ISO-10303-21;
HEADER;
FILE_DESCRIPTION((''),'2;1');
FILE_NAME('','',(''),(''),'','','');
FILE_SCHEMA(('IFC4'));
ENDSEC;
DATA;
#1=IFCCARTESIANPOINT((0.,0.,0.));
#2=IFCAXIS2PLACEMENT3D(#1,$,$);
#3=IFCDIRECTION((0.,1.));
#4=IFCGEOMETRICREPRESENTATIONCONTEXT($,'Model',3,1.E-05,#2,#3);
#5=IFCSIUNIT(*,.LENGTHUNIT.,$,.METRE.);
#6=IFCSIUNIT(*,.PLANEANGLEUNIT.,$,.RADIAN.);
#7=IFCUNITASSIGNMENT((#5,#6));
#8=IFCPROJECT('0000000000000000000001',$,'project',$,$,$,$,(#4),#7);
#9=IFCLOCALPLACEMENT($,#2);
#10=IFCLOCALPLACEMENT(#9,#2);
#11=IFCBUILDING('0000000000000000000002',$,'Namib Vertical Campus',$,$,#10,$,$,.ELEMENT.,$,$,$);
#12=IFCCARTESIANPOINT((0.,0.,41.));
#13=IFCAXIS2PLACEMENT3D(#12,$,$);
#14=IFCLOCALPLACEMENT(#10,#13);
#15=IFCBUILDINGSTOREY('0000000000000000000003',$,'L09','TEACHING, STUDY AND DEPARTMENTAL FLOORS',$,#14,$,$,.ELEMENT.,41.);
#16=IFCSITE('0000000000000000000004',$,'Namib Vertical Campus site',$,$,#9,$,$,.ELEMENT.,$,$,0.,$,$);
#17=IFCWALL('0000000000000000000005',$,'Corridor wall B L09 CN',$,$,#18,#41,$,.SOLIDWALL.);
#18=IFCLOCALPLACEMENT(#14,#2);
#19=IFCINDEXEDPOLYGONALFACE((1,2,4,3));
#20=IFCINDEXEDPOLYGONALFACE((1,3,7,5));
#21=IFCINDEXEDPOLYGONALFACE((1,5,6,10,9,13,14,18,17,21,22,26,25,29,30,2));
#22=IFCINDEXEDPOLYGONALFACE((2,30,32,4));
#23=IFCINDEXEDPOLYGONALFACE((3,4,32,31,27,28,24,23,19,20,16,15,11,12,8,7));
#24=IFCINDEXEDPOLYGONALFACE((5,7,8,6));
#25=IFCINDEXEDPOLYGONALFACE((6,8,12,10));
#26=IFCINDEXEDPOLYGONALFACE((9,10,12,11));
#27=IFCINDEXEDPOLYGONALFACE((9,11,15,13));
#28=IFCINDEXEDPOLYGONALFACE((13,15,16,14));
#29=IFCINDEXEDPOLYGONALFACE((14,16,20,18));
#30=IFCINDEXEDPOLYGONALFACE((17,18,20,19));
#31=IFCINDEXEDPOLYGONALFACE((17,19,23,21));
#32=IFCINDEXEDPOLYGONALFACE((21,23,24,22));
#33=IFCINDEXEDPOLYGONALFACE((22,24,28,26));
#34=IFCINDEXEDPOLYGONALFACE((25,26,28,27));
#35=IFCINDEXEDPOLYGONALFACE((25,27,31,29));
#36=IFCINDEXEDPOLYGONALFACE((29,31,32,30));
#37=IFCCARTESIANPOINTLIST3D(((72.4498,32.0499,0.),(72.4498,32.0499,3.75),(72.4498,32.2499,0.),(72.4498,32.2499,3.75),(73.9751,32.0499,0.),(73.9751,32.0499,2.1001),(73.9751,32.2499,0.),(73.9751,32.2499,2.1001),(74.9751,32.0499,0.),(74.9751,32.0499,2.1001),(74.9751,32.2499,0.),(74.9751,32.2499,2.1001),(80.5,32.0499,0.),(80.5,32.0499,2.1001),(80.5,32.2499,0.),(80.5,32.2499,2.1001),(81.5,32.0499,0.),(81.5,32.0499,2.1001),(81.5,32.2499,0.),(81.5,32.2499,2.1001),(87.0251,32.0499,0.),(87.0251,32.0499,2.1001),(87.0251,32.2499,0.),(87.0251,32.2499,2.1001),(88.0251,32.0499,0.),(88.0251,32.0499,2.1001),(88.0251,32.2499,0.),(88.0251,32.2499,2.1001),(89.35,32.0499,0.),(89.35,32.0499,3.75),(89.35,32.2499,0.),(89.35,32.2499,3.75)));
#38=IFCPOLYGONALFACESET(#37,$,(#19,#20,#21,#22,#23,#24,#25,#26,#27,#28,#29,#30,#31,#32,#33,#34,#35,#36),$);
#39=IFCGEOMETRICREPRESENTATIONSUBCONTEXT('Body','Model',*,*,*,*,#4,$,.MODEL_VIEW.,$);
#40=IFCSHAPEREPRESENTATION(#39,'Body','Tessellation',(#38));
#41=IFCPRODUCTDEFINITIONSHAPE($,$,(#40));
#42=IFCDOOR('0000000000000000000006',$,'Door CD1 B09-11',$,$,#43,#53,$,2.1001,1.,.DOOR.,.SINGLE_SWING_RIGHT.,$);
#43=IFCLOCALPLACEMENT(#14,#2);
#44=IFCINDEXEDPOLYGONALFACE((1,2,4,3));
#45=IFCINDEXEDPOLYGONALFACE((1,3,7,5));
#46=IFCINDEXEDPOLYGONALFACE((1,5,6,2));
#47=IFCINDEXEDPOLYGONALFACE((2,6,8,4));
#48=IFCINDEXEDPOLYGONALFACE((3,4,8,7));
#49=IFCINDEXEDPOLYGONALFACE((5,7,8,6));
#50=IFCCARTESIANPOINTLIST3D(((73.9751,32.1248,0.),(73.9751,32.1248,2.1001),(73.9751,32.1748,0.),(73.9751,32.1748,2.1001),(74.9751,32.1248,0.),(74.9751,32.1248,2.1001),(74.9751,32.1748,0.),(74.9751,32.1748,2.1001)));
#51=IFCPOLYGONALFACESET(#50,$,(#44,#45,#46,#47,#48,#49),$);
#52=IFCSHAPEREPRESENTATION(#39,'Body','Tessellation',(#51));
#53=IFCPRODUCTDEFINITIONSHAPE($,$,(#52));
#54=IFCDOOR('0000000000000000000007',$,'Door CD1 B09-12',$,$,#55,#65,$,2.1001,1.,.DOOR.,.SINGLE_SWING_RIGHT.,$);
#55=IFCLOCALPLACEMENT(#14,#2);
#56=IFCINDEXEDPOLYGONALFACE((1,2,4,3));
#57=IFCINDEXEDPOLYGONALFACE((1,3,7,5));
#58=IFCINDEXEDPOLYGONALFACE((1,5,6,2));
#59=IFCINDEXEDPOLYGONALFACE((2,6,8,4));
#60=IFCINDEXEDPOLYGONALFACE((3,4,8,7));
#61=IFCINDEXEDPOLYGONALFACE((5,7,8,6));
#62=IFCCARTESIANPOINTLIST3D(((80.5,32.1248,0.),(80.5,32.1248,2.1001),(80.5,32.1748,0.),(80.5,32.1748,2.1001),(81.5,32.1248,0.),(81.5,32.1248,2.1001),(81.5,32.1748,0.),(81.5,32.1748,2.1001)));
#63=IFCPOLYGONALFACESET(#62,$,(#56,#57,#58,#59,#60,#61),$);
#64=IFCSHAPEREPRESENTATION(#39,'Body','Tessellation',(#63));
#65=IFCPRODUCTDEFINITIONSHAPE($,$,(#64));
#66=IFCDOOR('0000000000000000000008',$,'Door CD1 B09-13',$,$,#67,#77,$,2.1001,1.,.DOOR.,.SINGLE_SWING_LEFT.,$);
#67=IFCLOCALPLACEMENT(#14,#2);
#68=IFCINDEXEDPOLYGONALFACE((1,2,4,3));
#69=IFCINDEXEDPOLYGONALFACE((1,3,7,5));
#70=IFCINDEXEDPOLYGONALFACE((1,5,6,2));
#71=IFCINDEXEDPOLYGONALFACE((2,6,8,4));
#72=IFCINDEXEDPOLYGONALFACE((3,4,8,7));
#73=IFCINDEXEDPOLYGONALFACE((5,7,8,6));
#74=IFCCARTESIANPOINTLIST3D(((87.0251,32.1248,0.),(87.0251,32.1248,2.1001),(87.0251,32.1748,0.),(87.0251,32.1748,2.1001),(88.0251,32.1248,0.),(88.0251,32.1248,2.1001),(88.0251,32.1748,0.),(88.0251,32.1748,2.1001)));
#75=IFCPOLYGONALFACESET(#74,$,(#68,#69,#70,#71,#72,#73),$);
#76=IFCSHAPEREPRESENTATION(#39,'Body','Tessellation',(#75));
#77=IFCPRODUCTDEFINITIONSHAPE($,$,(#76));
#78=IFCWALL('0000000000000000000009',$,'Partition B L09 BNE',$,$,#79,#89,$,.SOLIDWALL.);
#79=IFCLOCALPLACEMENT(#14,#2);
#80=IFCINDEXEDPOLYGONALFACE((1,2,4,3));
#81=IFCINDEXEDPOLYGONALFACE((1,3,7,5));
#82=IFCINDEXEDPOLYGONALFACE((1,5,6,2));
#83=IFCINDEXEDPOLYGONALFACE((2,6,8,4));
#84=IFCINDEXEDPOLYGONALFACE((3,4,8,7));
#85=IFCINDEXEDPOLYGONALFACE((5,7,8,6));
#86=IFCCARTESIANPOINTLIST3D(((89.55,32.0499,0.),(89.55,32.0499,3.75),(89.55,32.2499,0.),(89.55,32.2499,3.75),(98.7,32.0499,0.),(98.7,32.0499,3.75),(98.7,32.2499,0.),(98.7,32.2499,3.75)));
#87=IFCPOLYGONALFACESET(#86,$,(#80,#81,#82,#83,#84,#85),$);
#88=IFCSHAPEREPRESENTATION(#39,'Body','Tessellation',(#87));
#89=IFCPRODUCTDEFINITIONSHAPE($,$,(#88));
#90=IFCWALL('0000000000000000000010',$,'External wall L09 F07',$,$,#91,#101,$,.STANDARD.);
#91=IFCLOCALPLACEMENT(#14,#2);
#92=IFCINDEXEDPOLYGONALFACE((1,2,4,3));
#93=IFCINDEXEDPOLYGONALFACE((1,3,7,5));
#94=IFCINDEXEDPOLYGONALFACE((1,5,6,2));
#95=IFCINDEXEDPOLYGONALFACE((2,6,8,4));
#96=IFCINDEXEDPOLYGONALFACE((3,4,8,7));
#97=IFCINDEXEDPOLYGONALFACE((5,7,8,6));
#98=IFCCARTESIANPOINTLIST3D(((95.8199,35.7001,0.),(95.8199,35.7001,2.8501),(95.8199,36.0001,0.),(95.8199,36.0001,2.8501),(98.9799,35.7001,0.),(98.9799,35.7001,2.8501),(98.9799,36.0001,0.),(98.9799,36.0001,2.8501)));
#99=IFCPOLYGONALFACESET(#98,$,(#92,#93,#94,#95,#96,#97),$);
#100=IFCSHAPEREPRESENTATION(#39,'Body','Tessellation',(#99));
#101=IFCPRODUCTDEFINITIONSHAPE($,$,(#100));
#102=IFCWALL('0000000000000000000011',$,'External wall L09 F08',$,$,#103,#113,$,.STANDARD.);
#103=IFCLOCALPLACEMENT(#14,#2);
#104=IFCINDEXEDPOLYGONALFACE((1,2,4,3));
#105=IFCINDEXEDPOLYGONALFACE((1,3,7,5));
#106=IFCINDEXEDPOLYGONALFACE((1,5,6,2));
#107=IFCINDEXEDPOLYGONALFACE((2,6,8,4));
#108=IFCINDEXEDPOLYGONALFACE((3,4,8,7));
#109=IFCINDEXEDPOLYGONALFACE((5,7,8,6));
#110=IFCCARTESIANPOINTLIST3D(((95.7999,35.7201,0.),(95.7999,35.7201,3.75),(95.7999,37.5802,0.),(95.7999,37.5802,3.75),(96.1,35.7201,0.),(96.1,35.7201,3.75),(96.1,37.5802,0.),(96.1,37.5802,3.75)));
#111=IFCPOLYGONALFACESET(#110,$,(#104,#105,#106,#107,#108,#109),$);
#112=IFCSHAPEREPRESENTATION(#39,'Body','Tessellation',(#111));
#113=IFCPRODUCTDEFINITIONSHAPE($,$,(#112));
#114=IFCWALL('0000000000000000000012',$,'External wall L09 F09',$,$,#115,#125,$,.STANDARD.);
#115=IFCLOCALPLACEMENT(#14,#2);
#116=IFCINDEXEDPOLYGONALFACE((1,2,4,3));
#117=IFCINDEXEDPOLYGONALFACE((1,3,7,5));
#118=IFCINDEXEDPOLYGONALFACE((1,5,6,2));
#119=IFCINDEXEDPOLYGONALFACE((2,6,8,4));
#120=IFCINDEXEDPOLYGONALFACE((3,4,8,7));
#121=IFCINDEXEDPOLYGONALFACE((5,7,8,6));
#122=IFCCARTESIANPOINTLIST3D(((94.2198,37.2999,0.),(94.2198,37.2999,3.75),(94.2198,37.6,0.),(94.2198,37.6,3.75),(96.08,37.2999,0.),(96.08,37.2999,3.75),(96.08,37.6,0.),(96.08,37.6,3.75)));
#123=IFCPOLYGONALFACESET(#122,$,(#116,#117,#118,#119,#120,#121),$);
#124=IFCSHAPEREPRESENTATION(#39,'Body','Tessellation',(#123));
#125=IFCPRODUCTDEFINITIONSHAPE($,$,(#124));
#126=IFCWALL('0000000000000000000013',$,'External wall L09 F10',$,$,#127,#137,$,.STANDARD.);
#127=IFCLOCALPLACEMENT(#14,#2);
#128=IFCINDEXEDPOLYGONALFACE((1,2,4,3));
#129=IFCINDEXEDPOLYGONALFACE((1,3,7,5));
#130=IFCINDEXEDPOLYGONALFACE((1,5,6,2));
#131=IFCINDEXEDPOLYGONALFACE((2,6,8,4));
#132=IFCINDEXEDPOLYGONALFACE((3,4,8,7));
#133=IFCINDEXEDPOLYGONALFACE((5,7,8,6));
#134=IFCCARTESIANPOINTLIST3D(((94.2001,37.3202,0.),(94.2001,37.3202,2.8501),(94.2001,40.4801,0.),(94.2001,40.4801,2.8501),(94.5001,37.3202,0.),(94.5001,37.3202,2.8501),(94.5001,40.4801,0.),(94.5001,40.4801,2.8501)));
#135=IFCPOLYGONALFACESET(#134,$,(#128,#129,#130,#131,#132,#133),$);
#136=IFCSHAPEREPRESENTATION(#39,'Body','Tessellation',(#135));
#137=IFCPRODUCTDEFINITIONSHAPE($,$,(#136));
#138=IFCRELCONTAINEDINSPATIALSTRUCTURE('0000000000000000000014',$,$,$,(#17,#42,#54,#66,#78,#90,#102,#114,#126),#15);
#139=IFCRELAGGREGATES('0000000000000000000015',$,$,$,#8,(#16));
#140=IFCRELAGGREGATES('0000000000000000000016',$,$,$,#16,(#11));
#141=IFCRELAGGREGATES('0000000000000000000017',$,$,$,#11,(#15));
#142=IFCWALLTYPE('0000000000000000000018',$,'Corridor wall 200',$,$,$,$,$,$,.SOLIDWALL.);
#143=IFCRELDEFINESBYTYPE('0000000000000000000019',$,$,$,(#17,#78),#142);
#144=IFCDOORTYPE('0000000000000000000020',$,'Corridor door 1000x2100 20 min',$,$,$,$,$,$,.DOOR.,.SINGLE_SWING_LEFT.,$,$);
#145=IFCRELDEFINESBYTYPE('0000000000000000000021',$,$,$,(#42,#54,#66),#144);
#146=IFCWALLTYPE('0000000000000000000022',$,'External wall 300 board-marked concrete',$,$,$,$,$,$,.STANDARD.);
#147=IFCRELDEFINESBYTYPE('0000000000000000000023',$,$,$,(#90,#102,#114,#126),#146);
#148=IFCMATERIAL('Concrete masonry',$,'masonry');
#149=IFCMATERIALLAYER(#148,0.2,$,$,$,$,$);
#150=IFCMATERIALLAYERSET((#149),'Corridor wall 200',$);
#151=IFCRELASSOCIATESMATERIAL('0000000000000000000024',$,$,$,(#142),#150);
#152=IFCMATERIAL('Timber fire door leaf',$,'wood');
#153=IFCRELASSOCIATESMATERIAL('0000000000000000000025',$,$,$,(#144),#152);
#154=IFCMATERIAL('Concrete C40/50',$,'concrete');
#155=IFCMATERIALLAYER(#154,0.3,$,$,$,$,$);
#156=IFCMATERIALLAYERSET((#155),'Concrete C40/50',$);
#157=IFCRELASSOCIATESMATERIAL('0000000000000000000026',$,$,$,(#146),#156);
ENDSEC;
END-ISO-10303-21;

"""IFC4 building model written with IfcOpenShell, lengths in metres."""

from ifc_helpers import new_model, si_unit, direction, frame, frame_2d, origin, place, context, subcontext, project, spatial, rectangle, extrude, material, layer, layer_set, type_object, element, fill, save


model = new_model("IFC4")

# Units and contexts
model_context = context("Model", 3, precision=1e-05, world=origin(), true_north=direction((0.0, 1.0)))
body_context = subcontext(model_context, "Body", "Model", "MODEL_VIEW")
ifc_project = project(units=[si_unit("LENGTHUNIT", "METRE"), si_unit("PLANEANGLEUNIT", "RADIAN")], contexts=[model_context])

# Site, building, storey
site_placement = place(None, origin())
site = spatial("IfcSite", under=ifc_project, at=site_placement, Name="Namib Vertical Campus site", CompositionType="ELEMENT", RefElevation=0.0)
building_placement = place(site_placement, origin())
building = spatial("IfcBuilding", under=site, at=building_placement, Name="Namib Vertical Campus", CompositionType="ELEMENT")
storey_placement = place(building_placement, frame((0.0, 0.0, 41.0)))
storey = spatial("IfcBuildingStorey", under=building, at=storey_placement, Name="L09", Description="TEACHING, STUDY AND DEPARTMENTAL FLOORS", CompositionType="ELEMENT", Elevation=41.0)

# Wall, openings, doors
ifc_material_1 = material(Name="Concrete masonry", Category="masonry")
ifc_layer_1 = layer(ifc_material_1, 0.2)
ifc_layer_set_1 = layer_set([ifc_layer_1], Name="Corridor wall 200")
wall_type_1 = type_object("IfcWallType", Name="Corridor wall 200", PredefinedType="SOLIDWALL", material=ifc_layer_set_1)
wall_1_placement = place(storey_placement, frame((89.3501, 32.1499, 0.0), z_axis=(0.0, 0.0, 1.0), x_axis=(-1.0, 0.0, 0.0)))
wall_1 = element("IfcWall", 1, at=wall_1_placement, inside=storey, type_object=wall_type_1, Name="Corridor wall B L09 CN", PredefinedType="SOLIDWALL", context=body_context, shape_type="SweptSolid", body=[
    extrude(rectangle(XDim=16.9001, YDim=0.2, at=frame_2d((8.4502, 0.0))), origin(), (0.0, 0.0, 1.0), 3.75),
])
opening_1_placement = place(wall_1_placement, frame((14.375, 0.0, 0.0)))
opening_1 = element("IfcOpeningElement", 2, at=opening_1_placement, cuts=wall_1, PredefinedType="OPENING", context=body_context, shape_type="SweptSolid", body=[
    extrude(rectangle(XDim=1.0, YDim=2.1001, at=frame_2d((0.5, 1.05))), frame((0.0, 0.1099, 0.0), z_axis=(0.0, -1.0, 0.0), x_axis=(1.0, 0.0, 0.0)), (0.0, 0.0, 1.0), 0.22),
])
opening_2_placement = place(wall_1_placement, frame((7.8501, 0.0, 0.0)))
opening_2 = element("IfcOpeningElement", 3, at=opening_2_placement, cuts=wall_1, PredefinedType="OPENING", context=body_context, shape_type="SweptSolid", body=[
    extrude(rectangle(XDim=1.0, YDim=2.1001, at=frame_2d((0.5, 1.05))), frame((0.0, 0.1099, 0.0), z_axis=(0.0, -1.0, 0.0), x_axis=(1.0, 0.0, 0.0)), (0.0, 0.0, 1.0), 0.22),
])
opening_3_placement = place(wall_1_placement, frame((1.325, 0.0, 0.0)))
opening_3 = element("IfcOpeningElement", 4, at=opening_3_placement, cuts=wall_1, PredefinedType="OPENING", context=body_context, shape_type="SweptSolid", body=[
    extrude(rectangle(XDim=1.0, YDim=2.1001, at=frame_2d((0.5, 1.05))), frame((0.0, 0.1099, 0.0), z_axis=(0.0, -1.0, 0.0), x_axis=(1.0, 0.0, 0.0)), (0.0, 0.0, 1.0), 0.22),
])
ifc_material_2 = material(Name="Timber fire door leaf", Category="wood")
door_type = type_object("IfcDoorType", Name="Corridor door 1000x2100 20 min", OperationType="SINGLE_SWING_LEFT", PredefinedType="DOOR", material=ifc_material_2)
door_1_placement = place(opening_1_placement, frame((1.0, 0.0, 0.0), z_axis=(0.0, 0.0, 1.0), x_axis=(-1.0, 0.0, 0.0)))
door_1 = element("IfcDoor", 5, at=door_1_placement, inside=storey, type_object=door_type, Name="Door CD1 B09-11", OperationType="SINGLE_SWING_RIGHT", OverallHeight=2.1001, OverallWidth=1.0, PredefinedType="DOOR", context=body_context, shape_type="SweptSolid", body=[
    extrude(rectangle(XDim=1.0, YDim=2.1001, at=frame_2d((0.5, 1.05))), frame((0.0, 0.0249, 0.0), z_axis=(0.0, -1.0, 0.0), x_axis=(1.0, 0.0, 0.0)), (0.0, 0.0, 1.0), 0.05),
])
fill(opening_1, door_1)
door_2_placement = place(opening_2_placement, frame((1.0, 0.0, 0.0), z_axis=(0.0, 0.0, 1.0), x_axis=(-1.0, 0.0, 0.0)))
door_2 = element("IfcDoor", 6, at=door_2_placement, inside=storey, type_object=door_type, Name="Door CD1 B09-12", OperationType="SINGLE_SWING_RIGHT", OverallHeight=2.1001, OverallWidth=1.0, PredefinedType="DOOR", context=body_context, shape_type="SweptSolid", body=[
    extrude(rectangle(XDim=1.0, YDim=2.1001, at=frame_2d((0.5, 1.05))), frame((0.0, 0.0249, 0.0), z_axis=(0.0, -1.0, 0.0), x_axis=(1.0, 0.0, 0.0)), (0.0, 0.0, 1.0), 0.05),
])
fill(opening_2, door_2)
door_3_placement = place(opening_3_placement, frame((1.0, 0.0, 0.0), z_axis=(0.0, 0.0, 1.0), x_axis=(-1.0, 0.0, 0.0)))
door_3 = element("IfcDoor", 7, at=door_3_placement, inside=storey, type_object=door_type, Name="Door CD1 B09-13", OperationType="SINGLE_SWING_LEFT", OverallHeight=2.1001, OverallWidth=1.0, PredefinedType="DOOR", context=body_context, shape_type="SweptSolid", body=[
    extrude(rectangle(XDim=1.0, YDim=2.1001, at=frame_2d((0.5, 1.05))), frame((0.0, 0.0249, 0.0), z_axis=(0.0, -1.0, 0.0), x_axis=(1.0, 0.0, 0.0)), (0.0, 0.0, 1.0), 0.05),
])
fill(opening_3, door_3)

# Walls
wall_2_placement = place(storey_placement, frame((89.55, 32.1499, 0.0), z_axis=(0.0, 0.0, 1.0), x_axis=(1.0, 0.0, 0.0)))
element("IfcWall", 8, at=wall_2_placement, inside=storey, type_object=wall_type_1, Name="Partition B L09 BNE", PredefinedType="SOLIDWALL", context=body_context, shape_type="SweptSolid", body=[
    extrude(rectangle(XDim=9.1499, YDim=0.2, at=frame_2d((4.575, 0.0))), origin(), (0.0, 0.0, 1.0), 3.75),
])
ifc_material_3 = material(Name="Concrete C40/50", Category="concrete")
ifc_layer_2 = layer(ifc_material_3, 0.3)
ifc_layer_set_2 = layer_set([ifc_layer_2], Name="Concrete C40/50")
wall_type_2 = type_object("IfcWallType", Name="External wall 300 board-marked concrete", PredefinedType="STANDARD", material=ifc_layer_set_2)
wall_3_placement = place(storey_placement, frame((98.98, 35.8501, 0.0), z_axis=(0.0, 0.0, 1.0), x_axis=(-1.0, 0.0, 0.0)))
element("IfcWall", 9, at=wall_3_placement, inside=storey, type_object=wall_type_2, Name="External wall L09 F07", PredefinedType="STANDARD", context=body_context, shape_type="SweptSolid", body=[
    extrude(rectangle(XDim=3.1599, YDim=0.3, at=frame_2d((1.5801, 0.0))), origin(), (0.0, 0.0, 1.0), 2.8501),
])
for number, where, z_axis, x_axis, name in (
    (10, (95.95, 35.72, 0.0), (0.0, 0.0, 1.0), (0.0, 1.0, 0.0), "External wall L09 F08"),
    (11, (96.0801, 37.45, 0.0), (0.0, 0.0, 1.0), (-1.0, 0.0, 0.0), "External wall L09 F09"),
):
    element("IfcWall", number, at=place(storey_placement, frame(where, z_axis=z_axis, x_axis=x_axis)), inside=storey, type_object=wall_type_2, Name=name, PredefinedType="STANDARD", context=body_context, shape_type="SweptSolid", body=[
        extrude(rectangle(XDim=1.8601, YDim=0.3, at=frame_2d((0.9302, 0.0))), origin(), (0.0, 0.0, 1.0), 3.75),
    ])
wall_4_placement = place(storey_placement, frame((94.3501, 37.3201, 0.0), z_axis=(0.0, 0.0, 1.0), x_axis=(0.0, 1.0, 0.0)))
element("IfcWall", 12, at=wall_4_placement, inside=storey, type_object=wall_type_2, Name="External wall L09 F10", PredefinedType="STANDARD", context=body_context, shape_type="SweptSolid", body=[
    extrude(rectangle(XDim=3.1599, YDim=0.3, at=frame_2d((1.5801, 0.0))), origin(), (0.0, 0.0, 1.0), 2.8501),
])

save(model, "model.ifc")
